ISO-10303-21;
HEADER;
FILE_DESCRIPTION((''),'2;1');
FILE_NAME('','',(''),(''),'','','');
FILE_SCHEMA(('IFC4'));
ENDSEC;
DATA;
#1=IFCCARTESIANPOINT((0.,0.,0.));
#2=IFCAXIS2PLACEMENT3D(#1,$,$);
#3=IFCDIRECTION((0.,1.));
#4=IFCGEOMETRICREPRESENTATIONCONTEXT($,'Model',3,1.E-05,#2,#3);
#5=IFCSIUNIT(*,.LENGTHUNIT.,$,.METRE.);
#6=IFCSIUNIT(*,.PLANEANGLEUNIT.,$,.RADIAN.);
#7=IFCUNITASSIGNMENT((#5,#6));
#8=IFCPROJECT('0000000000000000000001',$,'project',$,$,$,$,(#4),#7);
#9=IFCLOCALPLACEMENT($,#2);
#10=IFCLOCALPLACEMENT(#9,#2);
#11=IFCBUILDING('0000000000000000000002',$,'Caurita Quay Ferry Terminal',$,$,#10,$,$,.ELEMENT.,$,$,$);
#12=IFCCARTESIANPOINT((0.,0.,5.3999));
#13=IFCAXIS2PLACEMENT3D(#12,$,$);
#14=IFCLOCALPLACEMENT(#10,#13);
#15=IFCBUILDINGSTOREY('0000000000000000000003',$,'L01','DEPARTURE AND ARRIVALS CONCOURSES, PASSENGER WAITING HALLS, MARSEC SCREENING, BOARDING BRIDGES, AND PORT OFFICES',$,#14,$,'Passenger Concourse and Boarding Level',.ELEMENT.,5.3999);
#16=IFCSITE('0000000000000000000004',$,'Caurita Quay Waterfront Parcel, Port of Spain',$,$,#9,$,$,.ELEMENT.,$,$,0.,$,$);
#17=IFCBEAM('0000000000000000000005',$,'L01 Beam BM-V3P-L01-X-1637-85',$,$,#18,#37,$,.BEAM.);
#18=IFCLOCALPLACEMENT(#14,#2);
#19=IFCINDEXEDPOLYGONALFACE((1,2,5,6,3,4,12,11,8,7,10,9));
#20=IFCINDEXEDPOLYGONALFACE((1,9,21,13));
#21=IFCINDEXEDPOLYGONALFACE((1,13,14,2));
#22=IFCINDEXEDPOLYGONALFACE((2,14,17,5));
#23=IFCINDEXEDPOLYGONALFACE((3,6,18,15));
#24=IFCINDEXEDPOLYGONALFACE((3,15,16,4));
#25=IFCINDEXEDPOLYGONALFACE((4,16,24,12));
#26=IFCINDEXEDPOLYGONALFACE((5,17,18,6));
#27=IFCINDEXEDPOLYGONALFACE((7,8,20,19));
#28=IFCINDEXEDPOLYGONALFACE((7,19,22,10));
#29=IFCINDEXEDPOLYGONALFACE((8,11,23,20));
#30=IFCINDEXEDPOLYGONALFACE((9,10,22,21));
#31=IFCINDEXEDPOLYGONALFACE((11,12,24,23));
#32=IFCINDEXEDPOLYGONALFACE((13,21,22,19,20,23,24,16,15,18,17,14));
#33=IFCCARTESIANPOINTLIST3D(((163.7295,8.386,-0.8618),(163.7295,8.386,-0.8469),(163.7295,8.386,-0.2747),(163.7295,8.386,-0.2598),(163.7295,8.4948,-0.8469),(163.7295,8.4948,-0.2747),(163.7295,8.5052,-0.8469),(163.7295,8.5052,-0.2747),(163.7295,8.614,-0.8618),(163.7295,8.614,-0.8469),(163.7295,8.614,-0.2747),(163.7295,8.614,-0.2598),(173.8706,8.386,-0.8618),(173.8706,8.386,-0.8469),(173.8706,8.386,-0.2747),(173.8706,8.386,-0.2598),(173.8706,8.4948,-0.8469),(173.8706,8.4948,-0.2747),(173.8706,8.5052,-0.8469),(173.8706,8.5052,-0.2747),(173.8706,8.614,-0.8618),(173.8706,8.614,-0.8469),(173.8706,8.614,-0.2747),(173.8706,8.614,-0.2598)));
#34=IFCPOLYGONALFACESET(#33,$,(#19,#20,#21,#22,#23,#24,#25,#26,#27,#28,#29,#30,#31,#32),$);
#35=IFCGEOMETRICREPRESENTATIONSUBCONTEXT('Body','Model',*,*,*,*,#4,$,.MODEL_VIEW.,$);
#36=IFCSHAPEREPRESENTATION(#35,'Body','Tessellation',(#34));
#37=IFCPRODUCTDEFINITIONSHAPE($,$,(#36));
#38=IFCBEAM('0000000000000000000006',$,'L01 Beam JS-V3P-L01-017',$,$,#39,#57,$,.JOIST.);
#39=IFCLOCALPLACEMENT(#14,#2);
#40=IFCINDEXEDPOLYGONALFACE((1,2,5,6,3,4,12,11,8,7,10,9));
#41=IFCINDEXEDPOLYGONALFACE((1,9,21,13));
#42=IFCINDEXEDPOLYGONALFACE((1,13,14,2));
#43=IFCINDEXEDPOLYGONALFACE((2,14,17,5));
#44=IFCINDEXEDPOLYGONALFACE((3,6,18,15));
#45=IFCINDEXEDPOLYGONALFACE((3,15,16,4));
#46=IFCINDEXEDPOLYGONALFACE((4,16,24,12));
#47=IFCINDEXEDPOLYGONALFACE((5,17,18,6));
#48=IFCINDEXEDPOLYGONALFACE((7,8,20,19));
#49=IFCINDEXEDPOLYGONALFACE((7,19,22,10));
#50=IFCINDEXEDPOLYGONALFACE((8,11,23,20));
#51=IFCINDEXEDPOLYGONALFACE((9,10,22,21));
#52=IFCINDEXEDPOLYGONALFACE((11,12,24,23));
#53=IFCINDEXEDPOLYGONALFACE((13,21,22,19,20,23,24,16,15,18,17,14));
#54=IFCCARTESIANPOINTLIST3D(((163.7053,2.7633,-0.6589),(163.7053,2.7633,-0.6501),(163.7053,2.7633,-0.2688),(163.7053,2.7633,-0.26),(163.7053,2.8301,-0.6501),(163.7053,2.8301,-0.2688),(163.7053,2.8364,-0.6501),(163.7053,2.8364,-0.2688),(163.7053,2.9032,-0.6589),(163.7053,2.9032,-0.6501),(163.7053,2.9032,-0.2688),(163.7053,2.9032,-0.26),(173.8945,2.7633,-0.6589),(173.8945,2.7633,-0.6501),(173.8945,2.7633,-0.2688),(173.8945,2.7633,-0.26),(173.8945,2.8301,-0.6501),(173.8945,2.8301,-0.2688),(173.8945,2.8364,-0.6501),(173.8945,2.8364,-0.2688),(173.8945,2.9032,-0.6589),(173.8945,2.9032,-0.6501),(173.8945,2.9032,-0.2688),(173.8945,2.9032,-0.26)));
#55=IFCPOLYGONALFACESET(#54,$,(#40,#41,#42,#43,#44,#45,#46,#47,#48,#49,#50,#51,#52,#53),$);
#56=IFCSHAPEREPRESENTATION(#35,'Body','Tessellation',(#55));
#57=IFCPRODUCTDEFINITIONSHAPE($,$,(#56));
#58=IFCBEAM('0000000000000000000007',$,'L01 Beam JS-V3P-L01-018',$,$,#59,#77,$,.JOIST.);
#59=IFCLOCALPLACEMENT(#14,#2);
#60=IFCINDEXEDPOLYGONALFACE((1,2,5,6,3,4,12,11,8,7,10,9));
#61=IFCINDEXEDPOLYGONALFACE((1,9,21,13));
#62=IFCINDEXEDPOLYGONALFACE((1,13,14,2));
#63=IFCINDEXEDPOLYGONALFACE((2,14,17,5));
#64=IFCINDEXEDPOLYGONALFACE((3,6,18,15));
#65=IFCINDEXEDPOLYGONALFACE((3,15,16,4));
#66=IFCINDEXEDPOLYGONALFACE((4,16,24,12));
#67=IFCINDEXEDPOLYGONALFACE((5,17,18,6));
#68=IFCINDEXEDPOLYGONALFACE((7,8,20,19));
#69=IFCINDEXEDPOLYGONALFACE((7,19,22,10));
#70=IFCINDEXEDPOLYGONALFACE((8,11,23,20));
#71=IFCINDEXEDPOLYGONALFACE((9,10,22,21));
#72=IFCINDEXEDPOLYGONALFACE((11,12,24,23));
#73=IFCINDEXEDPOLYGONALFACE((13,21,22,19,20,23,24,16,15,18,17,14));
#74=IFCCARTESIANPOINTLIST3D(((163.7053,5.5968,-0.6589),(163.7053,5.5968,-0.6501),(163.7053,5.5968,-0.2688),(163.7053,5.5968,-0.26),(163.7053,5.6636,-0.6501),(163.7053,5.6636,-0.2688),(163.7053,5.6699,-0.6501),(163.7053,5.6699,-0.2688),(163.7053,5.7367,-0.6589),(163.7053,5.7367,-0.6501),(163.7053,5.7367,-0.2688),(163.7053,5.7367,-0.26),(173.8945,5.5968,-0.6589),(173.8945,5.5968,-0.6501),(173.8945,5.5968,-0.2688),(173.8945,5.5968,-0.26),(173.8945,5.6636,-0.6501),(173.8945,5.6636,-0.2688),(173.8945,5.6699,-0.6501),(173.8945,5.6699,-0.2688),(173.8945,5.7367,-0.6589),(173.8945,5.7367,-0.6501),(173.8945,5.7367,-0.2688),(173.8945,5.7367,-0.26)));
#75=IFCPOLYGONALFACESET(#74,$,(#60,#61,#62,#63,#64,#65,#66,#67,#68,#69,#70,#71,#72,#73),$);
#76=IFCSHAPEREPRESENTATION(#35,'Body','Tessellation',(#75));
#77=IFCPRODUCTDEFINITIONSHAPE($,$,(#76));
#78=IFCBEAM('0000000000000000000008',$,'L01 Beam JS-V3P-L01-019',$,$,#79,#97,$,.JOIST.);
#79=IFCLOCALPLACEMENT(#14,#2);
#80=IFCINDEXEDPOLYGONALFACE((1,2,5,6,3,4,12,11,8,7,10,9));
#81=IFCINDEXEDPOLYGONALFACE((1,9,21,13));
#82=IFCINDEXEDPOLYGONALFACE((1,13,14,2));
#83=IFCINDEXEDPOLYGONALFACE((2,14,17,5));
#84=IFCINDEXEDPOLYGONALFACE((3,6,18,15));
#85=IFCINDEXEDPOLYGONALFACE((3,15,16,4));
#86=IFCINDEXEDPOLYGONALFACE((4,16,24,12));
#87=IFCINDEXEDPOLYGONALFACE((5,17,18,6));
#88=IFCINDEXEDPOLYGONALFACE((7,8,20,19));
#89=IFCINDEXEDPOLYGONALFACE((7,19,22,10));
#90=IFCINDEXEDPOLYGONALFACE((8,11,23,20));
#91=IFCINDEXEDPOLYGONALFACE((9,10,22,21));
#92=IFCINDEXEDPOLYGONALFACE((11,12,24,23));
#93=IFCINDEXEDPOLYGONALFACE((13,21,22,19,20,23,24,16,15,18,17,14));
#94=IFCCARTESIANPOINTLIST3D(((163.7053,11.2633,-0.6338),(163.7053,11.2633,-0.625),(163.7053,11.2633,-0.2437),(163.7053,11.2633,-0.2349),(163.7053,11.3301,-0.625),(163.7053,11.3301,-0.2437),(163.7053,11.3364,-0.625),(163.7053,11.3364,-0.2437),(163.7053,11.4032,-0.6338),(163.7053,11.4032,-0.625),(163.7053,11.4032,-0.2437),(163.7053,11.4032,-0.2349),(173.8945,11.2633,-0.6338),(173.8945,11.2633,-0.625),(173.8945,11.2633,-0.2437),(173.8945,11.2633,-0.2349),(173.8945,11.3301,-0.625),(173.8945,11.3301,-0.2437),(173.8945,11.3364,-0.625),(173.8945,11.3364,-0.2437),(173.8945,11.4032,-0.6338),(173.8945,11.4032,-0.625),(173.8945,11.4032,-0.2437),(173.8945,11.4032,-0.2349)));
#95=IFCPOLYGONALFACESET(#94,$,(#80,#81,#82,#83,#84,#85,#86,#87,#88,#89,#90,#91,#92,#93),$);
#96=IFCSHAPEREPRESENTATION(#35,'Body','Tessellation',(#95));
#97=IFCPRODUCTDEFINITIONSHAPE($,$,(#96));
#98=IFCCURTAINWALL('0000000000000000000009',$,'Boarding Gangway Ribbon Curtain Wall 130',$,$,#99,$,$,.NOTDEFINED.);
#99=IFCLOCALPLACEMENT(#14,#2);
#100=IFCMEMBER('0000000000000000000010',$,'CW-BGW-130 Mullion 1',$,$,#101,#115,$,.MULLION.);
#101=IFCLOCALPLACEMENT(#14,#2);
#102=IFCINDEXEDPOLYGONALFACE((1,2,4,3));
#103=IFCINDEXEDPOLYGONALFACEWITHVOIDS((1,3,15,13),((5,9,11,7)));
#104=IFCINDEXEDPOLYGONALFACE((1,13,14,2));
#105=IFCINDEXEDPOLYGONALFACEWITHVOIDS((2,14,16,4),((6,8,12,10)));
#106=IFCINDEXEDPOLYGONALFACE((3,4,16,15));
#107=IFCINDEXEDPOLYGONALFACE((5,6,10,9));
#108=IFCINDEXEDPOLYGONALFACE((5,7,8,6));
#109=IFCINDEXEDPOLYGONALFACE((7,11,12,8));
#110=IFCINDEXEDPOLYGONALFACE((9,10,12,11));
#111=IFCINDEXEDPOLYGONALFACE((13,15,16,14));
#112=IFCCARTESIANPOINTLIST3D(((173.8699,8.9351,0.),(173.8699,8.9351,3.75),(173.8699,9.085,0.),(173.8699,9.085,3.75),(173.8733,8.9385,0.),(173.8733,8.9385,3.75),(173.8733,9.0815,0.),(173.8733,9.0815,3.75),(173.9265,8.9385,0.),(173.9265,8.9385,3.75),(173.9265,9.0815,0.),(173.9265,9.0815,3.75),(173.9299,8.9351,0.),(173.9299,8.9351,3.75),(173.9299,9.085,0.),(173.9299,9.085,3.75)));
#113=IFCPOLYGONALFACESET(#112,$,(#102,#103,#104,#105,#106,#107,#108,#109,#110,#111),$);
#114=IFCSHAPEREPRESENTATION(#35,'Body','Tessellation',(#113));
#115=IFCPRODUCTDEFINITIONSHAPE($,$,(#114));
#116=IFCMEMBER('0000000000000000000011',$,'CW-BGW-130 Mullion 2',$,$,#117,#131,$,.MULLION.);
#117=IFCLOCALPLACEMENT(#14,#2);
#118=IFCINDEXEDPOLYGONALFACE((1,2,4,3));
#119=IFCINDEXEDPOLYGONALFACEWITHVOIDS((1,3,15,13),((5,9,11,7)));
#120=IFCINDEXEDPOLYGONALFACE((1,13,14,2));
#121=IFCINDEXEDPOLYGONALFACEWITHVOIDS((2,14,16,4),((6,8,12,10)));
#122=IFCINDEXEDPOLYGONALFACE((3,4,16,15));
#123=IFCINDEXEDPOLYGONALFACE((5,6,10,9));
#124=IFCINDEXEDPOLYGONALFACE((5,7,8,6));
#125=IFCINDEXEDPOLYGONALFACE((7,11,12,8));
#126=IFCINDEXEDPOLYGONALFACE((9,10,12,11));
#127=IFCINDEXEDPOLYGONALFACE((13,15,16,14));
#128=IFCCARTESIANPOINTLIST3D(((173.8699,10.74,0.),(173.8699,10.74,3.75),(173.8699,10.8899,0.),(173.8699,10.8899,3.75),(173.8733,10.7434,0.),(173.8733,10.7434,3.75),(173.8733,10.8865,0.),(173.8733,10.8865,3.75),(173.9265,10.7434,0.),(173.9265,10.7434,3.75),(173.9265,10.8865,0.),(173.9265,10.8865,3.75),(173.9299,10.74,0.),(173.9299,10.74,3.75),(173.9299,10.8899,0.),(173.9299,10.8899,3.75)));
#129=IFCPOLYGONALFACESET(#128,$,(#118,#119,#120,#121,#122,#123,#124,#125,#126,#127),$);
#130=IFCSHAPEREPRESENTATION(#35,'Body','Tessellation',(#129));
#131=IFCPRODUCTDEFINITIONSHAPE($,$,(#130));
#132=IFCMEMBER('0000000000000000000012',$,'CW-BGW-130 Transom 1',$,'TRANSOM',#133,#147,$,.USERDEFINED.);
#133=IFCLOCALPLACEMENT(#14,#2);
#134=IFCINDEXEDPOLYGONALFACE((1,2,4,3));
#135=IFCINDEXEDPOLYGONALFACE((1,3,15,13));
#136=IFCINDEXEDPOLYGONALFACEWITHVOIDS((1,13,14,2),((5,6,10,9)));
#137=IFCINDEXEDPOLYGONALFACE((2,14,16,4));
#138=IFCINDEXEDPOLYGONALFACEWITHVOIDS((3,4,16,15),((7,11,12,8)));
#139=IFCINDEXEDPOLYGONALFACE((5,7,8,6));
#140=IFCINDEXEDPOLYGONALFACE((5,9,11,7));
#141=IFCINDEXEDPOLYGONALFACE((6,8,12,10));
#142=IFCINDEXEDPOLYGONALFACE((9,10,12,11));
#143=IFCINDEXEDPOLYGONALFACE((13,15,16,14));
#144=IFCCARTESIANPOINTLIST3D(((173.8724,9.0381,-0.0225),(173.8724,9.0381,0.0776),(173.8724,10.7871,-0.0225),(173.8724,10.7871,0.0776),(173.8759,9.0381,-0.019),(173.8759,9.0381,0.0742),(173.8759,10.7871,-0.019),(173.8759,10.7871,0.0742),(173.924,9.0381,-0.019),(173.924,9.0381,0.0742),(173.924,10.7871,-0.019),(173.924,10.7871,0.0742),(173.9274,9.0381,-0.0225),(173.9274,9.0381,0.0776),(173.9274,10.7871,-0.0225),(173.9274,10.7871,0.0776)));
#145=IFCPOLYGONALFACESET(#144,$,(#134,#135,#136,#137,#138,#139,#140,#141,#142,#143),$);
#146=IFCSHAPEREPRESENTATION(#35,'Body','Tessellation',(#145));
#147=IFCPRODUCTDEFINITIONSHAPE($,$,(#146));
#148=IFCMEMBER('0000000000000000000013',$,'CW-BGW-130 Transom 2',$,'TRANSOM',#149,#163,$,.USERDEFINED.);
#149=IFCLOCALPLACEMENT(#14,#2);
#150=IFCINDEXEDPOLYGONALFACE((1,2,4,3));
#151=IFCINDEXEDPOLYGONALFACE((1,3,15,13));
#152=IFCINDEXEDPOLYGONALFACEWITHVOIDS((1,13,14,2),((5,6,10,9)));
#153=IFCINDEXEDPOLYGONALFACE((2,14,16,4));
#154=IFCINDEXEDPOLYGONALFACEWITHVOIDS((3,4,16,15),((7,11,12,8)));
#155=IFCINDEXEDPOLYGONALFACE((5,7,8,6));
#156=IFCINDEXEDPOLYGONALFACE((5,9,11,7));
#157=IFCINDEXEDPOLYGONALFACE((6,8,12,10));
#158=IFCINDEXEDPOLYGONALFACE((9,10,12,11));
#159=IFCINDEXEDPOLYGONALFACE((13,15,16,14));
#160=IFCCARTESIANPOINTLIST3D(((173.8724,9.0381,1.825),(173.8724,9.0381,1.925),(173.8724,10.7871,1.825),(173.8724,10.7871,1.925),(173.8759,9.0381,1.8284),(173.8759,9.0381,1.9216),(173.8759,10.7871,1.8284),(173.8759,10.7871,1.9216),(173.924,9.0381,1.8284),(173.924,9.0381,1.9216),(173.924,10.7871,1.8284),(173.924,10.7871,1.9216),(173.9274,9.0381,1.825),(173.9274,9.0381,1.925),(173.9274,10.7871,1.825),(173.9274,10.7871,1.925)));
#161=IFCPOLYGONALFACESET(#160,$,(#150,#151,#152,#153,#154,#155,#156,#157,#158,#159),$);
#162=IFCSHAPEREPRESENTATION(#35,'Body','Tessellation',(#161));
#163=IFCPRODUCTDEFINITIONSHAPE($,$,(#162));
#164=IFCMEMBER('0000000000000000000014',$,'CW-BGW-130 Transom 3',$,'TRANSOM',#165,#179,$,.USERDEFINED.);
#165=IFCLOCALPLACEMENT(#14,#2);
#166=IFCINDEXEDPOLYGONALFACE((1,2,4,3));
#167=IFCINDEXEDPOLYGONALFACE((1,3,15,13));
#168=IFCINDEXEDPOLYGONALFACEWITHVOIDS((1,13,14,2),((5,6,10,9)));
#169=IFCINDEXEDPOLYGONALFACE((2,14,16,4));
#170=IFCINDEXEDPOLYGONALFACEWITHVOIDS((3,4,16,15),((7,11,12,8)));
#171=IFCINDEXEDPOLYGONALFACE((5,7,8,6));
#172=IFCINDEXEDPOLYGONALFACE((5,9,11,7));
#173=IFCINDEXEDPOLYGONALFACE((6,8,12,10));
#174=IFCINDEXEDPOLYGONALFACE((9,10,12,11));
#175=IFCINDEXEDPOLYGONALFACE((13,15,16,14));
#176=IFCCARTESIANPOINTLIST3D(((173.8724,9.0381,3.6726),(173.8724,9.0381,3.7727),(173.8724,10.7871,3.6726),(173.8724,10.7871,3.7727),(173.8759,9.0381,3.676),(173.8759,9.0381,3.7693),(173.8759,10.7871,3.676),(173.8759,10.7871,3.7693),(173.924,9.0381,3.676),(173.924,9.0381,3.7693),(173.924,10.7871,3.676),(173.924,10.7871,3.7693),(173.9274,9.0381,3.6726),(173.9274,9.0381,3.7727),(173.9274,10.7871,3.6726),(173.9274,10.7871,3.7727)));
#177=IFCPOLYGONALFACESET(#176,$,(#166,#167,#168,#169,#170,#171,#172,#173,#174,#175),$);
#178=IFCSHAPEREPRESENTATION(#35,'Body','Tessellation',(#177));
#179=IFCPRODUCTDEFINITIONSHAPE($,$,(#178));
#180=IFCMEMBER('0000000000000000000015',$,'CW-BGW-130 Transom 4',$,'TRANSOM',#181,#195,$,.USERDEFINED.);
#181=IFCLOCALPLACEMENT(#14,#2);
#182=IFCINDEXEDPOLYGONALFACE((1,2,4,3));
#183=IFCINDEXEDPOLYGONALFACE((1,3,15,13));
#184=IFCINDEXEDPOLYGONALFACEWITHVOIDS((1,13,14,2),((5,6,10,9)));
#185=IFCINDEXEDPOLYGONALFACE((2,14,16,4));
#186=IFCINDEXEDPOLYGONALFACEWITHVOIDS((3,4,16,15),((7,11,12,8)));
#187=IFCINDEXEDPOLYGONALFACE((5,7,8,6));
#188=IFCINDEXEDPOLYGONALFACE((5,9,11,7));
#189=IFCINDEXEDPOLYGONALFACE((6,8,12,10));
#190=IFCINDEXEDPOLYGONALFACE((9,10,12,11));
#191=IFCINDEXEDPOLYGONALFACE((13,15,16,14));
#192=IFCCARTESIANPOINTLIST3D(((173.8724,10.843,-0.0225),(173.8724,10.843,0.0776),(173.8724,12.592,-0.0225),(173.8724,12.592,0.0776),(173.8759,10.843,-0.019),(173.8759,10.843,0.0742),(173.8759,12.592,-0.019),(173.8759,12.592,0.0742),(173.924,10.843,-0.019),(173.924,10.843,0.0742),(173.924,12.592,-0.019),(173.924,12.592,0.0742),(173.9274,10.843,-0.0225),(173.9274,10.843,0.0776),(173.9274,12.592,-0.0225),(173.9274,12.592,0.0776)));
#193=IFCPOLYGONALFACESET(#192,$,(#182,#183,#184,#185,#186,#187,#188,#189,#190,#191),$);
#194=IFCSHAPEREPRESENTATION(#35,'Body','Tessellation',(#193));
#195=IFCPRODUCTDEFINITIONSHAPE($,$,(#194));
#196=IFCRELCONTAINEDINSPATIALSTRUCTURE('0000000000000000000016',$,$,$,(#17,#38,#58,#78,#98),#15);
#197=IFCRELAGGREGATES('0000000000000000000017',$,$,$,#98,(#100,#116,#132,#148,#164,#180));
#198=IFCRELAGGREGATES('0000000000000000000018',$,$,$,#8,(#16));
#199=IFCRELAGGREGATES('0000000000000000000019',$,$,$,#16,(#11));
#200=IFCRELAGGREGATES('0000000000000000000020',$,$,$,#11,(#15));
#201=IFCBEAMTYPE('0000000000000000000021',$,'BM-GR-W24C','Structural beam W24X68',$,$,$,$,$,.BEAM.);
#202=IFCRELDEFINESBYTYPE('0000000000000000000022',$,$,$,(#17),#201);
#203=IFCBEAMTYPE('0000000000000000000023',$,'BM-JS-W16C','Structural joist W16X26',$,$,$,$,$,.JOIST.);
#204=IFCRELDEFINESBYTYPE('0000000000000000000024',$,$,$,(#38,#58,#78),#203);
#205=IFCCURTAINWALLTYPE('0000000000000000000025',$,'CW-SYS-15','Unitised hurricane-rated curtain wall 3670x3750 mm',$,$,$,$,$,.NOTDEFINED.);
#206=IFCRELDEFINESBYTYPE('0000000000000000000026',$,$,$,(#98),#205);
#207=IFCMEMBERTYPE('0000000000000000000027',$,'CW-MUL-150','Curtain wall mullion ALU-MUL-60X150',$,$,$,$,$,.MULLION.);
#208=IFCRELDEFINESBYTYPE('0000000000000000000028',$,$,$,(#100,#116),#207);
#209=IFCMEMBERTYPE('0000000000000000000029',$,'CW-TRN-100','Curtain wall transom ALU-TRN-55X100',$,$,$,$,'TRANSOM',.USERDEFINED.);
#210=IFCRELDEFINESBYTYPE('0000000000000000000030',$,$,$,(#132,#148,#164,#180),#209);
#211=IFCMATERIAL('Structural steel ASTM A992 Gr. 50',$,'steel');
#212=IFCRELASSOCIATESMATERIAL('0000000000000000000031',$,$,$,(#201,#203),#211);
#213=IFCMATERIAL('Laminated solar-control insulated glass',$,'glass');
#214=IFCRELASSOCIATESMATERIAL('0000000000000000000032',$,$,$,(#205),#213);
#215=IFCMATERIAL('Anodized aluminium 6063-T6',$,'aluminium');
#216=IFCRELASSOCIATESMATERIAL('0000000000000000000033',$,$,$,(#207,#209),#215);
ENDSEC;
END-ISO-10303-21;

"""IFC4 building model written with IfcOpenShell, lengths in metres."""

from ifc_helpers import new_model, si_unit, direction, frame, origin, origin_2d, place, context, subcontext, project, spatial, hollow_rectangle, i_section, extrude, material, material_profile, profile_set, type_object, element, aggregate, save


model = new_model("IFC4")

# Units and contexts
model_context = context("Model", 3, precision=1e-05, world=origin(), true_north=direction((0.0, 1.0)))
body_context = subcontext(model_context, "Body", "Model", "MODEL_VIEW")
ifc_project = project(units=[si_unit("LENGTHUNIT", "METRE"), si_unit("PLANEANGLEUNIT", "RADIAN")], contexts=[model_context])

# Site, building, storey
site_placement = place(None, origin())
site = spatial("IfcSite", under=ifc_project, at=site_placement, Name="Caurita Quay Waterfront Parcel, Port of Spain", CompositionType="ELEMENT", RefElevation=0.0)
building_placement = place(site_placement, origin())
building = spatial("IfcBuilding", under=site, at=building_placement, Name="Caurita Quay Ferry Terminal", CompositionType="ELEMENT")
storey_placement = place(building_placement, frame((0.0, 0.0, 5.3999)))
storey = spatial("IfcBuildingStorey", under=building, at=storey_placement, Name="L01", Description="DEPARTURE AND ARRIVALS CONCOURSES, PASSENGER WAITING HALLS, MARSEC SCREENING, BOARDING BRIDGES, AND PORT OFFICES", LongName="Passenger Concourse and Boarding Level", CompositionType="ELEMENT", Elevation=5.3999)

# Beams
ifc_material_1 = material(Name="Structural steel ASTM A992 Gr. 50", Category="steel")
ifc_material_profile_1 = material_profile(ifc_material_1, i_section(OverallWidth=0.228, OverallDepth=0.6021, WebThickness=0.0105, FlangeThickness=0.0149, at=origin_2d()), Name="W24X68")
ifc_profile_set_1 = profile_set([ifc_material_profile_1], Name="Structural steel ASTM A992 Gr. 50")
beam_type_1 = type_object("IfcBeamType", Name="BM-GR-W24C", Description="Structural beam W24X68", PredefinedType="BEAM", material=ifc_profile_set_1)
for number, where, z_axis, x_axis, name in (
    (1, (163.7295, 8.5, -0.5608), (1.0, 0.0, 0.0), (0.0, 1.0, 0.0), "L01 Beam BM-V3P-L01-X-1637-85"),
):
    element("IfcBeam", number, at=place(storey_placement, frame(where, z_axis=z_axis, x_axis=x_axis)), inside=storey, type_object=beam_type_1, Name=name, PredefinedType="BEAM", context=body_context, shape_type="SweptSolid", body=[
        extrude(i_section(OverallWidth=0.228, OverallDepth=0.6021, WebThickness=0.0105, FlangeThickness=0.0149, at=origin_2d()), origin(), (0.0, 0.0, 1.0), 10.1411),
    ])
ifc_material_profile_2 = material_profile(ifc_material_1, i_section(OverallWidth=0.1399, OverallDepth=0.3989, WebThickness=0.0063, FlangeThickness=0.0088, at=origin_2d()), Name="W16X26")
ifc_profile_set_2 = profile_set([ifc_material_profile_2], Name="Structural steel ASTM A992 Gr. 50")
beam_type_2 = type_object("IfcBeamType", Name="BM-JS-W16C", Description="Structural joist W16X26", PredefinedType="JOIST", material=ifc_profile_set_2)
for number, where, z_axis, x_axis, name in (
    (2, (163.7053, 2.8333, -0.4595), (1.0, 0.0, 0.0), (0.0, 1.0, 0.0), "L01 Beam JS-V3P-L01-017"),
    (3, (163.7053, 5.6667, -0.4595), (1.0, 0.0, 0.0), (0.0, 1.0, 0.0), "L01 Beam JS-V3P-L01-018"),
    (4, (163.7053, 11.3333, -0.4343), (1.0, 0.0, 0.0), (0.0, 1.0, 0.0), "L01 Beam JS-V3P-L01-019"),
):
    element("IfcBeam", number, at=place(storey_placement, frame(where, z_axis=z_axis, x_axis=x_axis)), inside=storey, type_object=beam_type_2, Name=name, PredefinedType="JOIST", context=body_context, shape_type="SweptSolid", body=[
        extrude(i_section(OverallWidth=0.1399, OverallDepth=0.3989, WebThickness=0.0063, FlangeThickness=0.0088, at=origin_2d()), origin(), (0.0, 0.0, 1.0), 10.1892),
    ])

# Curtain wall, members
ifc_material_2 = material(Name="Laminated solar-control insulated glass", Category="glass")
curtain_wall_type = type_object("IfcCurtainWallType", Name="CW-SYS-15", Description="Unitised hurricane-rated curtain wall 3670x3750 mm", PredefinedType="NOTDEFINED", material=ifc_material_2)
curtain_wall_placement = place(storey_placement, origin())
curtain_wall = element("IfcCurtainWall", 5, at=curtain_wall_placement, inside=storey, type_object=curtain_wall_type, Name="Boarding Gangway Ribbon Curtain Wall 130", PredefinedType="NOTDEFINED")
ifc_material_3 = material(Name="Anodized aluminium 6063-T6", Category="aluminium")
ifc_material_profile_3 = material_profile(ifc_material_3, hollow_rectangle(XDim=0.0601, YDim=0.1499, WallThickness=0.0034, at=origin_2d()), Name="ALU-MUL-60X150")
ifc_profile_set_3 = profile_set([ifc_material_profile_3], Name="Anodized aluminium 6063-T6")
member_type_1 = type_object("IfcMemberType", Name="CW-MUL-150", Description="Curtain wall mullion ALU-MUL-60X150", PredefinedType="MULLION", material=ifc_profile_set_3)
member_1_placement = place(storey_placement, frame((173.8999, 9.01, 0.0), z_axis=(0.0, 0.0, 1.0), x_axis=(-1.0, 0.0, 0.0)))
member_1 = element("IfcMember", 6, at=member_1_placement, type_object=member_type_1, Name="CW-BGW-130 Mullion 1", PredefinedType="MULLION", context=body_context, shape_type="SweptSolid", body=[
    extrude(hollow_rectangle(XDim=0.0601, YDim=0.1499, WallThickness=0.0034, at=origin_2d()), origin(), (0.0, 0.0, 1.0), 3.75),
])
member_2_placement = place(storey_placement, frame((173.8999, 10.8149, 0.0), z_axis=(0.0, 0.0, 1.0), x_axis=(-1.0, 0.0, 0.0)))
member_2 = element("IfcMember", 7, at=member_2_placement, type_object=member_type_1, Name="CW-BGW-130 Mullion 2", PredefinedType="MULLION", context=body_context, shape_type="SweptSolid", body=[
    extrude(hollow_rectangle(XDim=0.0601, YDim=0.1499, WallThickness=0.0034, at=origin_2d()), origin(), (0.0, 0.0, 1.0), 3.75),
])
ifc_material_profile_4 = material_profile(ifc_material_3, hollow_rectangle(XDim=0.0549, YDim=0.1001, WallThickness=0.0034, at=origin_2d()), Name="ALU-TRN-55X100")
ifc_profile_set_4 = profile_set([ifc_material_profile_4], Name="Anodized aluminium 6063-T6")
member_type_2 = type_object("IfcMemberType", Name="CW-TRN-100", Description="Curtain wall transom ALU-TRN-55X100", ElementType="TRANSOM", PredefinedType="USERDEFINED", material=ifc_profile_set_4)
member_3_placement = place(storey_placement, frame((173.8999, 9.0381, 0.0276), z_axis=(0.0, 1.0, 0.0), x_axis=(-1.0, 0.0, 0.0)))
member_3 = element("IfcMember", 8, at=member_3_placement, type_object=member_type_2, Name="CW-BGW-130 Transom 1", ObjectType="TRANSOM", PredefinedType="USERDEFINED", context=body_context, shape_type="SweptSolid", body=[
    extrude(hollow_rectangle(XDim=0.0549, YDim=0.1001, WallThickness=0.0034, at=origin_2d()), origin(), (0.0, 0.0, 1.0), 1.749),
])
member_4_placement = place(storey_placement, frame((173.8999, 9.0381, 1.875), z_axis=(0.0, 1.0, 0.0), x_axis=(-1.0, 0.0, 0.0)))
member_4 = element("IfcMember", 9, at=member_4_placement, type_object=member_type_2, Name="CW-BGW-130 Transom 2", ObjectType="TRANSOM", PredefinedType="USERDEFINED", context=body_context, shape_type="SweptSolid", body=[
    extrude(hollow_rectangle(XDim=0.0549, YDim=0.1001, WallThickness=0.0034, at=origin_2d()), origin(), (0.0, 0.0, 1.0), 1.749),
])
member_5_placement = place(storey_placement, frame((173.8999, 9.0381, 3.7227), z_axis=(0.0, 1.0, 0.0), x_axis=(-1.0, 0.0, 0.0)))
member_5 = element("IfcMember", 10, at=member_5_placement, type_object=member_type_2, Name="CW-BGW-130 Transom 3", ObjectType="TRANSOM", PredefinedType="USERDEFINED", context=body_context, shape_type="SweptSolid", body=[
    extrude(hollow_rectangle(XDim=0.0549, YDim=0.1001, WallThickness=0.0034, at=origin_2d()), origin(), (0.0, 0.0, 1.0), 1.749),
])
member_6_placement = place(storey_placement, frame((173.8999, 10.843, 0.0276), z_axis=(0.0, 1.0, 0.0), x_axis=(-1.0, 0.0, 0.0)))
member_6 = element("IfcMember", 11, at=member_6_placement, type_object=member_type_2, Name="CW-BGW-130 Transom 4", ObjectType="TRANSOM", PredefinedType="USERDEFINED", context=body_context, shape_type="SweptSolid", body=[
    extrude(hollow_rectangle(XDim=0.0549, YDim=0.1001, WallThickness=0.0034, at=origin_2d()), origin(), (0.0, 0.0, 1.0), 1.749),
])
aggregate(curtain_wall, [member_1, member_2, member_3, member_4, member_5, member_6])

save(model, "model.ifc")
